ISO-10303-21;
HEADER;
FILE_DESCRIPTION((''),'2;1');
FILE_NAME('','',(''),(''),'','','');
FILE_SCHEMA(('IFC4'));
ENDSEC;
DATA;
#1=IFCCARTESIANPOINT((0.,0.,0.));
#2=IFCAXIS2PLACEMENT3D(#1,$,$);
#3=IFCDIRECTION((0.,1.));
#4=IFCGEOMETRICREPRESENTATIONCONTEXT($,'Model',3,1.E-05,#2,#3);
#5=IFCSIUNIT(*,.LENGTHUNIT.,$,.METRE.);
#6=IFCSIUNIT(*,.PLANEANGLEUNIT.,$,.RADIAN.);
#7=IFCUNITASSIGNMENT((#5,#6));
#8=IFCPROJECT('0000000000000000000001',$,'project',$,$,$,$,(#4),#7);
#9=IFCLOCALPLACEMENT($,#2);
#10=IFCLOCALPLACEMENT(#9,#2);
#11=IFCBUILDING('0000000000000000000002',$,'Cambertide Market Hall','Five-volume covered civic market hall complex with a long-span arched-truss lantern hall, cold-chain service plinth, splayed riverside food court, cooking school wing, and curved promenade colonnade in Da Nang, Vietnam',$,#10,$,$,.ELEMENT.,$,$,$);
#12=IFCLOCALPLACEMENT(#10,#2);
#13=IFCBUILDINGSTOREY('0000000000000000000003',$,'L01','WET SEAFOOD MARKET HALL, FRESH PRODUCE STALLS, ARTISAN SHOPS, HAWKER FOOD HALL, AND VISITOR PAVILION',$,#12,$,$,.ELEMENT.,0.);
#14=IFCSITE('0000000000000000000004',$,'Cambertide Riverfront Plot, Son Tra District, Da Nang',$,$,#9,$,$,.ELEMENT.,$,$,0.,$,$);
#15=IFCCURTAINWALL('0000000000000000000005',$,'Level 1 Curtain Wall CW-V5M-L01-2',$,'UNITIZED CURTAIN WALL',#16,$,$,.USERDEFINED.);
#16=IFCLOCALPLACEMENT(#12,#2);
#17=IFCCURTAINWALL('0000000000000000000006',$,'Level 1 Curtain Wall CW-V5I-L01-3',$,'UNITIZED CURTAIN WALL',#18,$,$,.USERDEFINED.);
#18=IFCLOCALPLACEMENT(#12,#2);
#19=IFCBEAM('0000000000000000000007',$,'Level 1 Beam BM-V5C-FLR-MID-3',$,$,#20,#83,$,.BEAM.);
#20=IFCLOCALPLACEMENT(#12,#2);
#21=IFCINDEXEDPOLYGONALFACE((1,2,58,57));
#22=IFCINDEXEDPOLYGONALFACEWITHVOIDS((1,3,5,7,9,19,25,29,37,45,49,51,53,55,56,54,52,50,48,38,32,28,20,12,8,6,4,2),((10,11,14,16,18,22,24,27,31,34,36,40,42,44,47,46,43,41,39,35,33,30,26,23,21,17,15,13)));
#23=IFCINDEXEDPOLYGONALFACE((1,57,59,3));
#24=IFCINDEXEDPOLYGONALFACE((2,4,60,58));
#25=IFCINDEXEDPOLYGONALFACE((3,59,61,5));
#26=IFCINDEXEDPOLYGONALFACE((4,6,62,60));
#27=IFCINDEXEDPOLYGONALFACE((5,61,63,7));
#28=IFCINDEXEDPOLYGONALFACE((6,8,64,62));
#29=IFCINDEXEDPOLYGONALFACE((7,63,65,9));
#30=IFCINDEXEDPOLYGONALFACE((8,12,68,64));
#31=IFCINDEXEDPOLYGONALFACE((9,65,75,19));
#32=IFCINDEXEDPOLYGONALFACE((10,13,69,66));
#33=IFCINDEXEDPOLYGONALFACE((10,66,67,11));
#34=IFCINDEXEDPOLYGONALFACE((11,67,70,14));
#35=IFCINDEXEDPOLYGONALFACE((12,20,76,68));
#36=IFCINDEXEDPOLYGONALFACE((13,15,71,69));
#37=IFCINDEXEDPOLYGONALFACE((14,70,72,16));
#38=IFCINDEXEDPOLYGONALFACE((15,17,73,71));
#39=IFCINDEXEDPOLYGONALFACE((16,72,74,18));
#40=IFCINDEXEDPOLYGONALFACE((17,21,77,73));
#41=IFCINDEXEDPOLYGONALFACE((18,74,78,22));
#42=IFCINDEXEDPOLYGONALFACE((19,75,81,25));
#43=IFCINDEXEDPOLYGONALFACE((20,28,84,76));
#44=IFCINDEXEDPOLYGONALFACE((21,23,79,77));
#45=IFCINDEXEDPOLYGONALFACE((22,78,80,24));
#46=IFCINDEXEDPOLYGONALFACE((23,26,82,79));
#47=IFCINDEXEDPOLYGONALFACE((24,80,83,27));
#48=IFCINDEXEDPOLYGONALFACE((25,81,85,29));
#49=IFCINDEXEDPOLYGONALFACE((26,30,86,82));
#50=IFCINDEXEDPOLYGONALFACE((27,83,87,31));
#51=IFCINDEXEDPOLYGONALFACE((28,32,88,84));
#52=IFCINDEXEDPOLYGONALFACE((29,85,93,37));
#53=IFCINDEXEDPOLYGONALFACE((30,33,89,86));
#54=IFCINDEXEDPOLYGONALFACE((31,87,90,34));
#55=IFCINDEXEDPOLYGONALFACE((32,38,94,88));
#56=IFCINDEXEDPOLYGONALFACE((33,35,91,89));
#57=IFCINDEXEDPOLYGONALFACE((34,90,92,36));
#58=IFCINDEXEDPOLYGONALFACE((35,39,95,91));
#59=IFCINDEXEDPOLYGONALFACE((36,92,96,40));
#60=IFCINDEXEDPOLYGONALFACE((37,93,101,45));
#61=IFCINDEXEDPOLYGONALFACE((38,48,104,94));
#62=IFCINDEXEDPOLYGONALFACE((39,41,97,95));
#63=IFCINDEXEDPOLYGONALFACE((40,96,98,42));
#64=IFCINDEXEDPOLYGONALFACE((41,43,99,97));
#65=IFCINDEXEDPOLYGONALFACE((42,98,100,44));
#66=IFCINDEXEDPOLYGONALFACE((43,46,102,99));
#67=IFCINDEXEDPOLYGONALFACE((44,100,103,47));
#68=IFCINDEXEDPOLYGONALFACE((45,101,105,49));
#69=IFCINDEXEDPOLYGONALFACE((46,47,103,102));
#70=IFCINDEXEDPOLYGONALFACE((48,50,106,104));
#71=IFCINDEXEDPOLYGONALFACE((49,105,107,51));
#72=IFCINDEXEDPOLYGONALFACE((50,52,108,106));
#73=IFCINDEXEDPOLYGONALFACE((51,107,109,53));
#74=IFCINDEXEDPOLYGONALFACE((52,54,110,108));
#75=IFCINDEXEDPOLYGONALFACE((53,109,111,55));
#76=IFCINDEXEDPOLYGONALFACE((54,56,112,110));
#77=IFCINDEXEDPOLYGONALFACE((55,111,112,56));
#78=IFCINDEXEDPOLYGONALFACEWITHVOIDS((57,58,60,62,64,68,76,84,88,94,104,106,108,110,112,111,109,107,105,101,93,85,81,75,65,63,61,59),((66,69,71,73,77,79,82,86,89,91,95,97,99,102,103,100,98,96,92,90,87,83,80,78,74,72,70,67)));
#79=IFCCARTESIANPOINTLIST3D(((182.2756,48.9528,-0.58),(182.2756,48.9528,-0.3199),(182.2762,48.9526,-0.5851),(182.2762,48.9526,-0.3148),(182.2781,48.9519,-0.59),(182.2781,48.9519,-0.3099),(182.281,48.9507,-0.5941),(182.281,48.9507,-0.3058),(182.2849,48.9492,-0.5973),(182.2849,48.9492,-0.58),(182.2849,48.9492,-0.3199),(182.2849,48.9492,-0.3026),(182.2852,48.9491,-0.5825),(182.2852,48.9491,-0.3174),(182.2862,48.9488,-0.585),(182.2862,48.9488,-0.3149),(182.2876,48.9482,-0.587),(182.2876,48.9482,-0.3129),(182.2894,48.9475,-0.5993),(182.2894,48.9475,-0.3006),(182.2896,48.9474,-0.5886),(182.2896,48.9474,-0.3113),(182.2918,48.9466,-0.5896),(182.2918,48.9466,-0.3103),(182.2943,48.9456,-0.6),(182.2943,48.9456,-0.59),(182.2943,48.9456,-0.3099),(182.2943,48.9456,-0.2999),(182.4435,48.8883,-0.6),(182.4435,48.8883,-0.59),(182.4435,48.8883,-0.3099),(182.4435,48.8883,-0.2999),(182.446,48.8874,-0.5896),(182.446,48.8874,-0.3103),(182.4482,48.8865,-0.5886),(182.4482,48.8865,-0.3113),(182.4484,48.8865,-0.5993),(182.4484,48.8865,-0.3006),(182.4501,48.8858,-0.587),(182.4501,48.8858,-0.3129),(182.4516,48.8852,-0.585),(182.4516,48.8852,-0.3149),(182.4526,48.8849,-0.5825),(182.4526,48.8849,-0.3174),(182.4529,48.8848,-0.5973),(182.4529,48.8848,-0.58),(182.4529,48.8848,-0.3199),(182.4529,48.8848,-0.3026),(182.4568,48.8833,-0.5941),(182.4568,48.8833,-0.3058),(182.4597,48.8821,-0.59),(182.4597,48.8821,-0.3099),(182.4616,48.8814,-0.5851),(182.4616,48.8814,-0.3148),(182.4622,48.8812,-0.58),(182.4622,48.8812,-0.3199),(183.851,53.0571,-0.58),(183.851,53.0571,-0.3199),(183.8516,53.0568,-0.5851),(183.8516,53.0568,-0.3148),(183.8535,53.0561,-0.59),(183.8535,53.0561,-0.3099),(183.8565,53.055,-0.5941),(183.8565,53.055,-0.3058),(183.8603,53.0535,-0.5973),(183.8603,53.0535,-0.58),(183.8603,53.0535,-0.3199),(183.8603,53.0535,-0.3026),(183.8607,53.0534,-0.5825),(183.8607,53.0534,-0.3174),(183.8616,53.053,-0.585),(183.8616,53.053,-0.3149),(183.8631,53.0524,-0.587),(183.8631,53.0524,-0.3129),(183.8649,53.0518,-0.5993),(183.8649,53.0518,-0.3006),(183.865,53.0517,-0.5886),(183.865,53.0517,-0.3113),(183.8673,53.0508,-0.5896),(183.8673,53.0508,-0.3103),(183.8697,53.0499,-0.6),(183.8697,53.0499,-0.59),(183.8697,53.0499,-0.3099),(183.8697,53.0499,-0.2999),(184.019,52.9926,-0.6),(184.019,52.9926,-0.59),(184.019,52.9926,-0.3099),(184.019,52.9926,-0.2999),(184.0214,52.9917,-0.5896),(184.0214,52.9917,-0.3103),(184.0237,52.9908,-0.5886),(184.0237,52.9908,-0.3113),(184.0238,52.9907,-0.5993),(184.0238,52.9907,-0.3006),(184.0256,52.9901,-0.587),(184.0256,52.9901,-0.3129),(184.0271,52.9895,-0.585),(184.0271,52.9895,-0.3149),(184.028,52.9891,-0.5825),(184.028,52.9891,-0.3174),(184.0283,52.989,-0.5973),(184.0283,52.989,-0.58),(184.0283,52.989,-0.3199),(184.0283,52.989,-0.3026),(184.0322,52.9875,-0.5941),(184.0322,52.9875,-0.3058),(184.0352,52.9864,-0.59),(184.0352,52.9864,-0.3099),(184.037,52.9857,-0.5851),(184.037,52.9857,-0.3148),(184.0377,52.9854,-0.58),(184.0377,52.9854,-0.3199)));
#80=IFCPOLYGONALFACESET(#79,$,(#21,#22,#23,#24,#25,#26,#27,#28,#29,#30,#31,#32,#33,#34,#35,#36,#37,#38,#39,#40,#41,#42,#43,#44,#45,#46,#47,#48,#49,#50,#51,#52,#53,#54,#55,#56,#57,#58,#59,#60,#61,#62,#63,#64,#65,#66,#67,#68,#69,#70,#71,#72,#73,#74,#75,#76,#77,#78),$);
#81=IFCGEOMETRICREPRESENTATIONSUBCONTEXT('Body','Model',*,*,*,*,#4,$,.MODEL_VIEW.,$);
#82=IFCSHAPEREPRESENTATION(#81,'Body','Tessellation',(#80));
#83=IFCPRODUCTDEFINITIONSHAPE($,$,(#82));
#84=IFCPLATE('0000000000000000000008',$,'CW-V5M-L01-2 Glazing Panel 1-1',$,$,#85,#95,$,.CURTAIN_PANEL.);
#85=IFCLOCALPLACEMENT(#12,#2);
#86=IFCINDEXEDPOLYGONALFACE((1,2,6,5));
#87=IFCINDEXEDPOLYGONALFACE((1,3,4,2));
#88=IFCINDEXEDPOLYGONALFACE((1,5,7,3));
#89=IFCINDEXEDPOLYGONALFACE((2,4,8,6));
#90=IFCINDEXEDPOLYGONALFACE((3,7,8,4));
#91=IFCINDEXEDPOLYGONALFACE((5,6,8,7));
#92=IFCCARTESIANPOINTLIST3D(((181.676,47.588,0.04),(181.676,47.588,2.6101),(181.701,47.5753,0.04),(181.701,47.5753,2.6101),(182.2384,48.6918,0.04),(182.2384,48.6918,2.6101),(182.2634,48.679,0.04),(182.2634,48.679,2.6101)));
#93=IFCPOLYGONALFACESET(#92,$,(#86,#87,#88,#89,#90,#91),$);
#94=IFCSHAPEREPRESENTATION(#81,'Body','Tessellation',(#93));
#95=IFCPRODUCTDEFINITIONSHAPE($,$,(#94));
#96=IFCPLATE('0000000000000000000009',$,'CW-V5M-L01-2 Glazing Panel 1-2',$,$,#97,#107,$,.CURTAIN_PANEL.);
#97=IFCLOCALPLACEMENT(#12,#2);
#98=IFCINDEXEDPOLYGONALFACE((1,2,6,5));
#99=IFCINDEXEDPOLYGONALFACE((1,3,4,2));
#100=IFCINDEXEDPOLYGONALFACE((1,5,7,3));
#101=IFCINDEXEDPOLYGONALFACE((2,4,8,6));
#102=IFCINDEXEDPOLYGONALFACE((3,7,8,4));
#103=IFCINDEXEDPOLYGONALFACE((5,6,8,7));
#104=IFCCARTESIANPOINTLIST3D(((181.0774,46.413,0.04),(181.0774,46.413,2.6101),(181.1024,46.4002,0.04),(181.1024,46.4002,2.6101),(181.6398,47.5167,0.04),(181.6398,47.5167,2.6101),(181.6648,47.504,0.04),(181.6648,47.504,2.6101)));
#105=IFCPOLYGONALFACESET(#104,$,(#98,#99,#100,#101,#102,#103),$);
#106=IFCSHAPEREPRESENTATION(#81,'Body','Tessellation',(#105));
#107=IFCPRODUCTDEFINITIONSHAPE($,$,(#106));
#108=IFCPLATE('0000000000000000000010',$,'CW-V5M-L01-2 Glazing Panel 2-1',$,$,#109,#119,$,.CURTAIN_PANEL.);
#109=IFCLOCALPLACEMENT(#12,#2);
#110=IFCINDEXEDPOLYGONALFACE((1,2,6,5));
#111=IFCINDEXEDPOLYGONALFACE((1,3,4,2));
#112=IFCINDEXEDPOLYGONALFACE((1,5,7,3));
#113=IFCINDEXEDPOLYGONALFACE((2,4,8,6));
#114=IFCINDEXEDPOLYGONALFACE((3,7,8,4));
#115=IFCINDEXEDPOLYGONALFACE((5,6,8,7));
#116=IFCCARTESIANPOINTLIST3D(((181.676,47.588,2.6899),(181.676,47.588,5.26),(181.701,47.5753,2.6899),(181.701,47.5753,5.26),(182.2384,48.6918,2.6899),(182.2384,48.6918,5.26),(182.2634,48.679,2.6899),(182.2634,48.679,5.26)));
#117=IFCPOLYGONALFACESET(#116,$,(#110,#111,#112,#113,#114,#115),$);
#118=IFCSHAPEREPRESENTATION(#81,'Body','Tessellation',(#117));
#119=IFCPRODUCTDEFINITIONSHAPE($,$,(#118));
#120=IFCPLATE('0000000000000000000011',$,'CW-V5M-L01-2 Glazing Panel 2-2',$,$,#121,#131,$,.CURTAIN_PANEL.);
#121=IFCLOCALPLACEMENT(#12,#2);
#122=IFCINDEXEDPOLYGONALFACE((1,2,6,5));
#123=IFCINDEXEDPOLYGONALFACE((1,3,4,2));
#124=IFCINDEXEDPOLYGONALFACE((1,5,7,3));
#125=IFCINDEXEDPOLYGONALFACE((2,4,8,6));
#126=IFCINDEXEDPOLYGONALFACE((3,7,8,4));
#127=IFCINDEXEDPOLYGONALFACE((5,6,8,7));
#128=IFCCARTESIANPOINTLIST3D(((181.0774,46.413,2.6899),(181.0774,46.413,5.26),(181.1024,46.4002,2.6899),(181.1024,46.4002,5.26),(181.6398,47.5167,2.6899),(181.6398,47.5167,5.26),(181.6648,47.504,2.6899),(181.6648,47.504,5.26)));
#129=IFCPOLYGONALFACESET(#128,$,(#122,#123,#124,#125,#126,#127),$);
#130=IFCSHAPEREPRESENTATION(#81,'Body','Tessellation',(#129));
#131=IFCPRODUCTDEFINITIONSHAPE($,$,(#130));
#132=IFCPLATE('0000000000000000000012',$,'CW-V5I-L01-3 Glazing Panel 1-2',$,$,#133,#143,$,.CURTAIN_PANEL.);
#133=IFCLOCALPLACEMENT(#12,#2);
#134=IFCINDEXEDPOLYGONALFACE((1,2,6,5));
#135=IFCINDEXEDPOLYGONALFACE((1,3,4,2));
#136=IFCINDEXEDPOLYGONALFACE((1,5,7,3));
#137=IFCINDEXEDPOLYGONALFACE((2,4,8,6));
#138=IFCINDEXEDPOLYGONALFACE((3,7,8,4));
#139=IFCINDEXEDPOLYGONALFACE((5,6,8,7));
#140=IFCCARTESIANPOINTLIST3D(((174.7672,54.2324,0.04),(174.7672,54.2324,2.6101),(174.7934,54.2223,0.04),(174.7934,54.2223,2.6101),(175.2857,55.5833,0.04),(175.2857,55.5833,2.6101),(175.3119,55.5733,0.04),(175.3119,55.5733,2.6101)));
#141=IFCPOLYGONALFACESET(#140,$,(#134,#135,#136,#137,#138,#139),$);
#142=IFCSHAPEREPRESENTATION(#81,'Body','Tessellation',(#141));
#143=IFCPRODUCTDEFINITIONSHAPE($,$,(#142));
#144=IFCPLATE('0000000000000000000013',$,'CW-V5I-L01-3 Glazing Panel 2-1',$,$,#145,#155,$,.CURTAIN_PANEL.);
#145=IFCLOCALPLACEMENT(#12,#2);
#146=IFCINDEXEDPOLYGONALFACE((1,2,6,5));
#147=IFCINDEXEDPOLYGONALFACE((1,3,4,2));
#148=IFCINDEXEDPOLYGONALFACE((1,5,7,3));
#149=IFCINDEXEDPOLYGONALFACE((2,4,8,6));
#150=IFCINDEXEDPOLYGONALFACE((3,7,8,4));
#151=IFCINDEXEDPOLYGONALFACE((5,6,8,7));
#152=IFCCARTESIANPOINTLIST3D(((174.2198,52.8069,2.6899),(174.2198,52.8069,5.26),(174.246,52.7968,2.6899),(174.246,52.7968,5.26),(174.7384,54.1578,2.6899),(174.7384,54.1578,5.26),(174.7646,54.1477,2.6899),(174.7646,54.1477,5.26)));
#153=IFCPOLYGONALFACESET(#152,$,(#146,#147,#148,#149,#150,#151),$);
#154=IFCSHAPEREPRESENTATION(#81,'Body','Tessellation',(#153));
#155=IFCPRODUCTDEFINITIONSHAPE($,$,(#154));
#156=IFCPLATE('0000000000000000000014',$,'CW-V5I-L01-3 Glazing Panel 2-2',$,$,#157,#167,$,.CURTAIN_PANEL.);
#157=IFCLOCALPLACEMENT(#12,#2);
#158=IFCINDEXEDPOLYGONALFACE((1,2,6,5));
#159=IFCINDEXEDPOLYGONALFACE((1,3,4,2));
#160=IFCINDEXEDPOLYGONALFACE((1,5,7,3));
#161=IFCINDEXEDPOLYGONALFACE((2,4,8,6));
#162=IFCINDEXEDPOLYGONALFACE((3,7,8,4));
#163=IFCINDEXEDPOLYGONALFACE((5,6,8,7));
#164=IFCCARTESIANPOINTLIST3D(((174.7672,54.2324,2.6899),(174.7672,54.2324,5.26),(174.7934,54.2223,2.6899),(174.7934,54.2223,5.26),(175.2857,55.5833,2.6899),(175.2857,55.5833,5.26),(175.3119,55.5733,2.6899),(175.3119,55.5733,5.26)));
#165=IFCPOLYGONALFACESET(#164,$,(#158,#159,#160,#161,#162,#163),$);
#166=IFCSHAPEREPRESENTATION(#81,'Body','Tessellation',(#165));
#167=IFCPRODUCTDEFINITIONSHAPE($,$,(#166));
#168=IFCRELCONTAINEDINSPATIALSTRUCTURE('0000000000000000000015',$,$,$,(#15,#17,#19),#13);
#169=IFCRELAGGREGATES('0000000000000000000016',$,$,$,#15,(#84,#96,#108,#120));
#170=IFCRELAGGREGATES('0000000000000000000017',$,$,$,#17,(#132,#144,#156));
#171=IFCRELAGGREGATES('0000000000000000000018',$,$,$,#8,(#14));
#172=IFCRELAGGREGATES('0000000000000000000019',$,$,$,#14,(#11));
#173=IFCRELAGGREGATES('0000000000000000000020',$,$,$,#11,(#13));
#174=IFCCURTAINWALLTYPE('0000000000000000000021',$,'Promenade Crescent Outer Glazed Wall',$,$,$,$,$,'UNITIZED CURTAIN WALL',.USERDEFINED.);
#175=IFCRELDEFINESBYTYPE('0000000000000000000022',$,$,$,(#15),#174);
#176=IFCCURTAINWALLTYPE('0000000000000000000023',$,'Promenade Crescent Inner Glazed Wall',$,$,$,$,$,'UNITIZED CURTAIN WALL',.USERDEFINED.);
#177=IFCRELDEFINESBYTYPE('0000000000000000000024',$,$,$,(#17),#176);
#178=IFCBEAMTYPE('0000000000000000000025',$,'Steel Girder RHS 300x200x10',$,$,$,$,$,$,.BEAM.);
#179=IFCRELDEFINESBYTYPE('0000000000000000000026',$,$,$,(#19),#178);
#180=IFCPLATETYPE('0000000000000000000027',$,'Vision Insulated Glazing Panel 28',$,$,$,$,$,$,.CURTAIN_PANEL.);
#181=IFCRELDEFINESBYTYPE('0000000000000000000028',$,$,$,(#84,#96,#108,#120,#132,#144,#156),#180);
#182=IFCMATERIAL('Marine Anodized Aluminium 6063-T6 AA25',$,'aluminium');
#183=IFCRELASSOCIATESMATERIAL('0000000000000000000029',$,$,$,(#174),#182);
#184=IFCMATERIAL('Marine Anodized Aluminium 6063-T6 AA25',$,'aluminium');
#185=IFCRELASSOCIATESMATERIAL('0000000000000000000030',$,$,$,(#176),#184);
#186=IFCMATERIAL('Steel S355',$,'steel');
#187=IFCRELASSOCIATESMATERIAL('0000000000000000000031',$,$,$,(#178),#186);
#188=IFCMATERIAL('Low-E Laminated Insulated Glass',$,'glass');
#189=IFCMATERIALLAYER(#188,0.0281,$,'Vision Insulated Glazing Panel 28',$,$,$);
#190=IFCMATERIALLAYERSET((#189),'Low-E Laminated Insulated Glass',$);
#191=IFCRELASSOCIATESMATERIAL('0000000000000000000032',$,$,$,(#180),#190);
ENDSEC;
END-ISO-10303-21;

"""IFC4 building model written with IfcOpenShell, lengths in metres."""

from ifc_helpers import new_model, si_unit, direction, frame, origin, origin_2d, place, context, subcontext, project, spatial, rectangle, hollow_rectangle, extrude, material, layer, layer_set, material_profile, profile_set, type_object, element, aggregate, save


model = new_model("IFC4")

# Units and contexts
model_context = context("Model", 3, precision=1e-05, world=origin(), true_north=direction((0.0, 1.0)))
body_context = subcontext(model_context, "Body", "Model", "MODEL_VIEW")
ifc_project = project(units=[si_unit("LENGTHUNIT", "METRE"), si_unit("PLANEANGLEUNIT", "RADIAN")], contexts=[model_context])

# Site, building, storey
site_placement = place(None, origin())
site = spatial("IfcSite", under=ifc_project, at=site_placement, Name="Cambertide Riverfront Plot, Son Tra District, Da Nang", CompositionType="ELEMENT", RefElevation=0.0)
building_placement = place(site_placement, origin())
building = spatial("IfcBuilding", under=site, at=building_placement, Name="Cambertide Market Hall", Description="Five-volume covered civic market hall complex with a long-span arched-truss lantern hall, cold-chain service plinth, splayed riverside food court, cooking school wing, and curved promenade colonnade in Da Nang, Vietnam", CompositionType="ELEMENT")
storey_placement = place(building_placement, origin())
storey = spatial("IfcBuildingStorey", under=building, at=storey_placement, Name="L01", Description="WET SEAFOOD MARKET HALL, FRESH PRODUCE STALLS, ARTISAN SHOPS, HAWKER FOOD HALL, AND VISITOR PAVILION", CompositionType="ELEMENT", Elevation=0.0)

# Curtain walls
ifc_material_1 = material(Name="Marine Anodized Aluminium 6063-T6 AA25", Category="aluminium")
curtain_wall_type_1 = type_object("IfcCurtainWallType", Name="Promenade Crescent Outer Glazed Wall", ElementType="UNITIZED CURTAIN WALL", PredefinedType="USERDEFINED", material=ifc_material_1)
curtain_wall_1_placement = place(storey_placement, origin())
curtain_wall_1 = element("IfcCurtainWall", 1, at=curtain_wall_1_placement, inside=storey, type_object=curtain_wall_type_1, Name="Level 1 Curtain Wall CW-V5M-L01-2", ObjectType="UNITIZED CURTAIN WALL", PredefinedType="USERDEFINED")
ifc_material_2 = material(Name="Marine Anodized Aluminium 6063-T6 AA25", Category="aluminium")
curtain_wall_type_2 = type_object("IfcCurtainWallType", Name="Promenade Crescent Inner Glazed Wall", ElementType="UNITIZED CURTAIN WALL", PredefinedType="USERDEFINED", material=ifc_material_2)
curtain_wall_2_placement = place(storey_placement, origin())
curtain_wall_2 = element("IfcCurtainWall", 2, at=curtain_wall_2_placement, inside=storey, type_object=curtain_wall_type_2, Name="Level 1 Curtain Wall CW-V5I-L01-3", ObjectType="UNITIZED CURTAIN WALL", PredefinedType="USERDEFINED")

# Beam
ifc_material_3 = material(Name="Steel S355", Category="steel")
ifc_material_profile_1 = material_profile(ifc_material_3, hollow_rectangle(XDim=0.2, YDim=0.3, WallThickness=0.01, InnerFilletRadius=0.01, OuterFilletRadius=0.02, at=origin_2d()), Name="RHS 300x200x10")
ifc_profile_set_1 = profile_set([ifc_material_profile_1], Name="Steel S355")
beam_type_1 = type_object("IfcBeamType", Name="Steel Girder RHS 300x200x10", PredefinedType="BEAM", material=ifc_profile_set_1)
beam_1_placement = place(storey_placement, frame((182.3689, 48.917, -0.45), z_axis=(0.358361, 0.933583, 0.0), x_axis=(-0.933583, 0.358361, 0.0)))
element("IfcBeam", 3, at=beam_1_placement, inside=storey, type_object=beam_type_1, Name="Level 1 Beam BM-V5C-FLR-MID-3", PredefinedType="BEAM", context=body_context, shape_type="SweptSolid", body=[
    extrude(hollow_rectangle(XDim=0.2, YDim=0.3, WallThickness=0.01, InnerFilletRadius=0.01, OuterFilletRadius=0.02, at=origin_2d()), origin(), (0.0, 0.0, 1.0), 4.3962),
])

# Plates
ifc_material_4 = material(Name="Low-E Laminated Insulated Glass", Category="glass")
ifc_layer = layer(ifc_material_4, 0.0281, Name="Vision Insulated Glazing Panel 28")
ifc_layer_set = layer_set([ifc_layer], Name="Low-E Laminated Insulated Glass")
plate_type = type_object("IfcPlateType", Name="Vision Insulated Glazing Panel 28", PredefinedType="CURTAIN_PANEL", material=ifc_layer_set)
plate_1_placement = place(storey_placement, frame((181.9697, 48.1335, 0.04), z_axis=(0.0, 0.0, 1.0), x_axis=(-0.45399, -0.891007, 0.0)))
plate_1 = element("IfcPlate", 4, at=plate_1_placement, type_object=plate_type, Name="CW-V5M-L01-2 Glazing Panel 1-1", PredefinedType="CURTAIN_PANEL", context=body_context, shape_type="SweptSolid", body=[
    extrude(rectangle(XDim=1.2388, YDim=0.0281, at=origin_2d()), origin(), (0.0, 0.0, 1.0), 2.5701),
])
plate_2_placement = place(storey_placement, frame((181.3711, 46.9585, 0.04), z_axis=(0.0, 0.0, 1.0), x_axis=(-0.45399, -0.891007, 0.0)))
plate_2 = element("IfcPlate", 5, at=plate_2_placement, type_object=plate_type, Name="CW-V5M-L01-2 Glazing Panel 1-2", PredefinedType="CURTAIN_PANEL", context=body_context, shape_type="SweptSolid", body=[
    extrude(rectangle(XDim=1.2388, YDim=0.0281, at=origin_2d()), origin(), (0.0, 0.0, 1.0), 2.5701),
])
plate_3_placement = place(storey_placement, frame((181.9697, 48.1335, 2.6899), z_axis=(0.0, 0.0, 1.0), x_axis=(-0.45399, -0.891007, 0.0)))
plate_3 = element("IfcPlate", 6, at=plate_3_placement, type_object=plate_type, Name="CW-V5M-L01-2 Glazing Panel 2-1", PredefinedType="CURTAIN_PANEL", context=body_context, shape_type="SweptSolid", body=[
    extrude(rectangle(XDim=1.2388, YDim=0.0281, at=origin_2d()), origin(), (0.0, 0.0, 1.0), 2.5701),
])
plate_4_placement = place(storey_placement, frame((181.3711, 46.9585, 2.6899), z_axis=(0.0, 0.0, 1.0), x_axis=(-0.45399, -0.891007, 0.0)))
plate_4 = element("IfcPlate", 7, at=plate_4_placement, type_object=plate_type, Name="CW-V5M-L01-2 Glazing Panel 2-2", PredefinedType="CURTAIN_PANEL", context=body_context, shape_type="SweptSolid", body=[
    extrude(rectangle(XDim=1.2388, YDim=0.0281, at=origin_2d()), origin(), (0.0, 0.0, 1.0), 2.5701),
])
aggregate(curtain_wall_1, [plate_1, plate_2, plate_3, plate_4])
plate_5_placement = place(storey_placement, frame((175.0396, 54.9028, 0.04), z_axis=(0.0, 0.0, 1.0), x_axis=(0.358368, 0.93358, 0.0)))
plate_5 = element("IfcPlate", 8, at=plate_5_placement, type_object=plate_type, Name="CW-V5I-L01-3 Glazing Panel 1-2", PredefinedType="CURTAIN_PANEL", context=body_context, shape_type="SweptSolid", body=[
    extrude(rectangle(XDim=1.447, YDim=0.0281, at=origin_2d()), origin(), (0.0, 0.0, 1.0), 2.5701),
])
plate_6_placement = place(storey_placement, frame((174.4922, 53.4773, 2.6899), z_axis=(0.0, 0.0, 1.0), x_axis=(0.358368, 0.93358, 0.0)))
plate_6 = element("IfcPlate", 9, at=plate_6_placement, type_object=plate_type, Name="CW-V5I-L01-3 Glazing Panel 2-1", PredefinedType="CURTAIN_PANEL", context=body_context, shape_type="SweptSolid", body=[
    extrude(rectangle(XDim=1.447, YDim=0.0281, at=origin_2d()), origin(), (0.0, 0.0, 1.0), 2.5701),
])
plate_7_placement = place(storey_placement, frame((175.0396, 54.9028, 2.6899), z_axis=(0.0, 0.0, 1.0), x_axis=(0.358368, 0.93358, 0.0)))
plate_7 = element("IfcPlate", 10, at=plate_7_placement, type_object=plate_type, Name="CW-V5I-L01-3 Glazing Panel 2-2", PredefinedType="CURTAIN_PANEL", context=body_context, shape_type="SweptSolid", body=[
    extrude(rectangle(XDim=1.447, YDim=0.0281, at=origin_2d()), origin(), (0.0, 0.0, 1.0), 2.5701),
])
aggregate(curtain_wall_2, [plate_5, plate_6, plate_7])

save(model, "model.ifc")
